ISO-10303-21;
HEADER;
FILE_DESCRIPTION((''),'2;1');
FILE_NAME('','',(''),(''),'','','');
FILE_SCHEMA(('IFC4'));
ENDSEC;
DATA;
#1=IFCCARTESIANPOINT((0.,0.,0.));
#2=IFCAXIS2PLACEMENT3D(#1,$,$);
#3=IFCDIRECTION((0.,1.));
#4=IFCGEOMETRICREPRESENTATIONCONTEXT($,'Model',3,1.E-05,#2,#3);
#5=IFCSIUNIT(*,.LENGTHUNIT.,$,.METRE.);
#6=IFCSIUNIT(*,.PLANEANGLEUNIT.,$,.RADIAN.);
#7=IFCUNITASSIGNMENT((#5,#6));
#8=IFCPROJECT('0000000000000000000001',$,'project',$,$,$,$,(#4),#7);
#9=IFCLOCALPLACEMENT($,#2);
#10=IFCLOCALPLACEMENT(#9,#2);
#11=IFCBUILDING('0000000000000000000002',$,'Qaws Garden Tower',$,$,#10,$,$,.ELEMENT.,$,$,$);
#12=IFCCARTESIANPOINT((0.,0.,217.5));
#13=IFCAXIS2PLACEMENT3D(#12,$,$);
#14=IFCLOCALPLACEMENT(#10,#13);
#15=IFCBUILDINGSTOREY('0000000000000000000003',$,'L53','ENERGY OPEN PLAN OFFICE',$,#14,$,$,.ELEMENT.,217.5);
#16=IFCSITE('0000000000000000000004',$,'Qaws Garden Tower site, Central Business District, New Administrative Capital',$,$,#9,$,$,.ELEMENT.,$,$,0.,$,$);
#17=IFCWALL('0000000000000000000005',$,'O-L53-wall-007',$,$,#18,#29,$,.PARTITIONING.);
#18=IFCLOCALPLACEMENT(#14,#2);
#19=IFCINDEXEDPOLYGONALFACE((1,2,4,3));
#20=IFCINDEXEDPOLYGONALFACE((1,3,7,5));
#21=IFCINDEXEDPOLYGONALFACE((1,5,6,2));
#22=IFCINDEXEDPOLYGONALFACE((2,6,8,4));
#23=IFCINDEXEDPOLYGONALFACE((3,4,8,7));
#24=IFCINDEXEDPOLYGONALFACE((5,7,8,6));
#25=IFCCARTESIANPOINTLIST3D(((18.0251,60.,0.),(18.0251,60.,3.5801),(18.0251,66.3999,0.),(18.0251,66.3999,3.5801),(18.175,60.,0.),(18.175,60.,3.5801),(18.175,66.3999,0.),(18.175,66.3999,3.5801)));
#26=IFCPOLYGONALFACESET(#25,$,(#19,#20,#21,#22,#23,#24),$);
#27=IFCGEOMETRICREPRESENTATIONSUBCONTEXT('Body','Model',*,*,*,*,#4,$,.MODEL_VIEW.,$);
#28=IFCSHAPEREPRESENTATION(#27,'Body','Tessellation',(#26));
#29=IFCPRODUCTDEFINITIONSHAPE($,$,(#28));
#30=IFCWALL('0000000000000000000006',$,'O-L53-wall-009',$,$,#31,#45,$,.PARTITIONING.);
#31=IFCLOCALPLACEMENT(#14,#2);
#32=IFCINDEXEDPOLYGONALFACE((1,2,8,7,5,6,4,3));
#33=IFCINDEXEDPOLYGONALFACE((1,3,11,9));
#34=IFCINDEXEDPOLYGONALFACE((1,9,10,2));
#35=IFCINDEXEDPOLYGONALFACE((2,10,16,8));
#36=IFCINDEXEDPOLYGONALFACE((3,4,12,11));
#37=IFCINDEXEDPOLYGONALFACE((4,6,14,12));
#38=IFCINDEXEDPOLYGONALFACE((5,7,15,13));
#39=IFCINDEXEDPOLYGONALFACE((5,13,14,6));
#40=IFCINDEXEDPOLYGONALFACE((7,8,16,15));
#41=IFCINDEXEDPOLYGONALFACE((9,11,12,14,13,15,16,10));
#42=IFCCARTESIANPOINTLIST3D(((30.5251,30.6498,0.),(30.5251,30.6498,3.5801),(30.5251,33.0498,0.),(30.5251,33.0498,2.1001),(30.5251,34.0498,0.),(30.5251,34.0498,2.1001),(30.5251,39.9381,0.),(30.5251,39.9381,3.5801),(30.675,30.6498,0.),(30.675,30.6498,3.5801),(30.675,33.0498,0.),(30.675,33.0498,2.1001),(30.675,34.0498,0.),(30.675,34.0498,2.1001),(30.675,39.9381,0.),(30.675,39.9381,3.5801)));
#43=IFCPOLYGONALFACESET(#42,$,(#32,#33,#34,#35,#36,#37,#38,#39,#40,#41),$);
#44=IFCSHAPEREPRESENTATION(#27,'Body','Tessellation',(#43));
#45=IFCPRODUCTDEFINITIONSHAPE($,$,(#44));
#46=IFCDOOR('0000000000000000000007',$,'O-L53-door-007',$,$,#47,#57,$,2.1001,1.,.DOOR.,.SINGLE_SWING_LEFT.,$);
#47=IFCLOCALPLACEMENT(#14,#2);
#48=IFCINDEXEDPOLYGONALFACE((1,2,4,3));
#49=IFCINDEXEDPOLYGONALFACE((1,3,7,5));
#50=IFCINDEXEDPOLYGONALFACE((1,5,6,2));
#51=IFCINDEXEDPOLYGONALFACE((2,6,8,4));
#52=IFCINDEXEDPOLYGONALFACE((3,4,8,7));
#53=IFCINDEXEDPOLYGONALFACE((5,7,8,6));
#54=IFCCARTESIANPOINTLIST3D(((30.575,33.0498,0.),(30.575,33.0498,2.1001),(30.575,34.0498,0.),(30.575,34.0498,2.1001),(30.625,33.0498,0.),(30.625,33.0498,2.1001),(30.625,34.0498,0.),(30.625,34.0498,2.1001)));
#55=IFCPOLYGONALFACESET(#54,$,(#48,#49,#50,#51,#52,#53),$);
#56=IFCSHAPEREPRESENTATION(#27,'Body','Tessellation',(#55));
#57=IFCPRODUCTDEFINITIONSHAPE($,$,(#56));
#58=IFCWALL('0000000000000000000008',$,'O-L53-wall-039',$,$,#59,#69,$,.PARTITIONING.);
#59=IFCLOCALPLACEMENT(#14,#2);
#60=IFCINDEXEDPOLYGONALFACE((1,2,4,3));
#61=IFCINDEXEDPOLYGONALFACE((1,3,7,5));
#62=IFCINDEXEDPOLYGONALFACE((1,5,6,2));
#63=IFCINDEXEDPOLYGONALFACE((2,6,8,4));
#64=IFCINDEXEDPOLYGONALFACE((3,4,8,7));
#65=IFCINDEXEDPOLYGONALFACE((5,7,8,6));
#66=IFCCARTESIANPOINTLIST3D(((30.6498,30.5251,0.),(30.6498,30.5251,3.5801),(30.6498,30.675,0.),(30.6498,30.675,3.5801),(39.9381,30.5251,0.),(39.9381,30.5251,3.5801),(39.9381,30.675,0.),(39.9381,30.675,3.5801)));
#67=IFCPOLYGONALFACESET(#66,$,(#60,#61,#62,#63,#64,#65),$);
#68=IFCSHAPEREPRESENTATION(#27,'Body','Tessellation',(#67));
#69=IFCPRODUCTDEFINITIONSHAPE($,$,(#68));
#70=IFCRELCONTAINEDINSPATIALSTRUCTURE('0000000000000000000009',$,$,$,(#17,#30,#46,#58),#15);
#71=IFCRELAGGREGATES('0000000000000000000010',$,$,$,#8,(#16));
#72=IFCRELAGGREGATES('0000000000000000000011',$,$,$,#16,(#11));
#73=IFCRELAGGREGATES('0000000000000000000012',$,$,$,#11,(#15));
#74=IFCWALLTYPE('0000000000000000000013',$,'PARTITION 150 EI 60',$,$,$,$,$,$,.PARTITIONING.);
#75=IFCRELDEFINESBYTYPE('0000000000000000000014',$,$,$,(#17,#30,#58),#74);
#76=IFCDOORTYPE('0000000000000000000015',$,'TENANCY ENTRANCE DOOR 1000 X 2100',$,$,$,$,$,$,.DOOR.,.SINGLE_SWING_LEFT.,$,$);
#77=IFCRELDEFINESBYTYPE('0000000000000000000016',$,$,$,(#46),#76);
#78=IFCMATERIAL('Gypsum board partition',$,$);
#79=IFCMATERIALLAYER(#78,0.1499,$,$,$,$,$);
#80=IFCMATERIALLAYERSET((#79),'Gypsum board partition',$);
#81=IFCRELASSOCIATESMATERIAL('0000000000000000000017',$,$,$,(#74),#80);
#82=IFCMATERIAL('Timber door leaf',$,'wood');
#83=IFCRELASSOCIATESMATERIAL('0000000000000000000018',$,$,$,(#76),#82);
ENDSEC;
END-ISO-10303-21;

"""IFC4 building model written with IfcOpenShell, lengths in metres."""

from ifc_helpers import new_model, si_unit, direction, frame, frame_2d, origin, place, context, subcontext, project, spatial, rectangle, extrude, material, layer, layer_set, type_object, element, fill, save


model = new_model("IFC4")

# Units and contexts
model_context = context("Model", 3, precision=1e-05, world=origin(), true_north=direction((0.0, 1.0)))
body_context = subcontext(model_context, "Body", "Model", "MODEL_VIEW")
ifc_project = project(units=[si_unit("LENGTHUNIT", "METRE"), si_unit("PLANEANGLEUNIT", "RADIAN")], contexts=[model_context])

# Site, building, storey
site_placement = place(None, origin())
site = spatial("IfcSite", under=ifc_project, at=site_placement, Name="Qaws Garden Tower site, Central Business District, New Administrative Capital", CompositionType="ELEMENT", RefElevation=0.0)
building_placement = place(site_placement, origin())
building = spatial("IfcBuilding", under=site, at=building_placement, Name="Qaws Garden Tower", CompositionType="ELEMENT")
storey_placement = place(building_placement, frame((0.0, 0.0, 217.5)))
storey = spatial("IfcBuildingStorey", under=building, at=storey_placement, Name="L53", Description="ENERGY OPEN PLAN OFFICE", CompositionType="ELEMENT", Elevation=217.5)

# Wall
ifc_material_1 = material(Name="Gypsum board partition")
ifc_layer_1 = layer(ifc_material_1, 0.1499)
ifc_layer_set_1 = layer_set([ifc_layer_1], Name="Gypsum board partition")
wall_type_1 = type_object("IfcWallType", Name="PARTITION 150 EI 60", PredefinedType="PARTITIONING", material=ifc_layer_set_1)
wall_1_placement = place(storey_placement, frame((18.1001, 60.0, 0.0), z_axis=(0.0, 0.0, 1.0), x_axis=(0.0, 1.0, 0.0)))
element("IfcWall", 1, at=wall_1_placement, inside=storey, type_object=wall_type_1, Name="O-L53-wall-007", PredefinedType="PARTITIONING", context=body_context, shape_type="SweptSolid", body=[
    extrude(rectangle(XDim=6.3999, YDim=0.1499, at=frame_2d((3.2, 0.0))), origin(), (0.0, 0.0, 1.0), 3.5801),
])

# Wall, opening, door
wall_2_placement = place(storey_placement, frame((30.6001, 30.6499, 0.0), z_axis=(0.0, 0.0, 1.0), x_axis=(0.0, 1.0, 0.0)))
wall_2 = element("IfcWall", 2, at=wall_2_placement, inside=storey, type_object=wall_type_1, Name="O-L53-wall-009", PredefinedType="PARTITIONING", context=body_context, shape_type="SweptSolid", body=[
    extrude(rectangle(XDim=9.2883, YDim=0.1499, at=frame_2d((4.644, 0.0))), origin(), (0.0, 0.0, 1.0), 3.5801),
])
opening_1_placement = place(wall_2_placement, frame((2.3999, 0.0, 0.0)))
opening_1 = element("IfcOpeningElement", 3, at=opening_1_placement, cuts=wall_2, PredefinedType="OPENING", context=body_context, shape_type="SweptSolid", body=[
    extrude(rectangle(XDim=1.0, YDim=2.1001, at=frame_2d((0.5, 1.05))), frame((0.0, 0.085, 0.0), z_axis=(0.0, -1.0, 0.0), x_axis=(1.0, 0.0, 0.0)), (0.0, 0.0, 1.0), 0.1699),
])
ifc_material_2 = material(Name="Timber door leaf", Category="wood")
door_type = type_object("IfcDoorType", Name="TENANCY ENTRANCE DOOR 1000 X 2100", OperationType="SINGLE_SWING_LEFT", PredefinedType="DOOR", material=ifc_material_2)
door_placement = place(opening_1_placement, frame((1.0, 0.0, 0.0), z_axis=(0.0, 0.0, 1.0), x_axis=(-1.0, 0.0, 0.0)))
door = element("IfcDoor", 4, at=door_placement, inside=storey, type_object=door_type, Name="O-L53-door-007", OperationType="SINGLE_SWING_LEFT", OverallHeight=2.1001, OverallWidth=1.0, PredefinedType="DOOR", context=body_context, shape_type="SweptSolid", body=[
    extrude(rectangle(XDim=1.0, YDim=2.1001, at=frame_2d((0.5, 1.05))), frame((0.0, 0.0249, 0.0), z_axis=(0.0, -1.0, 0.0), x_axis=(1.0, 0.0, 0.0)), (0.0, 0.0, 1.0), 0.05),
])
fill(opening_1, door)

# Wall
wall_3_placement = place(storey_placement, frame((30.6499, 30.6001, 0.0), z_axis=(0.0, 0.0, 1.0), x_axis=(1.0, 0.0, 0.0)))
element("IfcWall", 5, at=wall_3_placement, inside=storey, type_object=wall_type_1, Name="O-L53-wall-039", PredefinedType="PARTITIONING", context=body_context, shape_type="SweptSolid", body=[
    extrude(rectangle(XDim=9.2883, YDim=0.1499, at=frame_2d((4.644, 0.0))), origin(), (0.0, 0.0, 1.0), 3.5801),
])

save(model, "model.ifc")
